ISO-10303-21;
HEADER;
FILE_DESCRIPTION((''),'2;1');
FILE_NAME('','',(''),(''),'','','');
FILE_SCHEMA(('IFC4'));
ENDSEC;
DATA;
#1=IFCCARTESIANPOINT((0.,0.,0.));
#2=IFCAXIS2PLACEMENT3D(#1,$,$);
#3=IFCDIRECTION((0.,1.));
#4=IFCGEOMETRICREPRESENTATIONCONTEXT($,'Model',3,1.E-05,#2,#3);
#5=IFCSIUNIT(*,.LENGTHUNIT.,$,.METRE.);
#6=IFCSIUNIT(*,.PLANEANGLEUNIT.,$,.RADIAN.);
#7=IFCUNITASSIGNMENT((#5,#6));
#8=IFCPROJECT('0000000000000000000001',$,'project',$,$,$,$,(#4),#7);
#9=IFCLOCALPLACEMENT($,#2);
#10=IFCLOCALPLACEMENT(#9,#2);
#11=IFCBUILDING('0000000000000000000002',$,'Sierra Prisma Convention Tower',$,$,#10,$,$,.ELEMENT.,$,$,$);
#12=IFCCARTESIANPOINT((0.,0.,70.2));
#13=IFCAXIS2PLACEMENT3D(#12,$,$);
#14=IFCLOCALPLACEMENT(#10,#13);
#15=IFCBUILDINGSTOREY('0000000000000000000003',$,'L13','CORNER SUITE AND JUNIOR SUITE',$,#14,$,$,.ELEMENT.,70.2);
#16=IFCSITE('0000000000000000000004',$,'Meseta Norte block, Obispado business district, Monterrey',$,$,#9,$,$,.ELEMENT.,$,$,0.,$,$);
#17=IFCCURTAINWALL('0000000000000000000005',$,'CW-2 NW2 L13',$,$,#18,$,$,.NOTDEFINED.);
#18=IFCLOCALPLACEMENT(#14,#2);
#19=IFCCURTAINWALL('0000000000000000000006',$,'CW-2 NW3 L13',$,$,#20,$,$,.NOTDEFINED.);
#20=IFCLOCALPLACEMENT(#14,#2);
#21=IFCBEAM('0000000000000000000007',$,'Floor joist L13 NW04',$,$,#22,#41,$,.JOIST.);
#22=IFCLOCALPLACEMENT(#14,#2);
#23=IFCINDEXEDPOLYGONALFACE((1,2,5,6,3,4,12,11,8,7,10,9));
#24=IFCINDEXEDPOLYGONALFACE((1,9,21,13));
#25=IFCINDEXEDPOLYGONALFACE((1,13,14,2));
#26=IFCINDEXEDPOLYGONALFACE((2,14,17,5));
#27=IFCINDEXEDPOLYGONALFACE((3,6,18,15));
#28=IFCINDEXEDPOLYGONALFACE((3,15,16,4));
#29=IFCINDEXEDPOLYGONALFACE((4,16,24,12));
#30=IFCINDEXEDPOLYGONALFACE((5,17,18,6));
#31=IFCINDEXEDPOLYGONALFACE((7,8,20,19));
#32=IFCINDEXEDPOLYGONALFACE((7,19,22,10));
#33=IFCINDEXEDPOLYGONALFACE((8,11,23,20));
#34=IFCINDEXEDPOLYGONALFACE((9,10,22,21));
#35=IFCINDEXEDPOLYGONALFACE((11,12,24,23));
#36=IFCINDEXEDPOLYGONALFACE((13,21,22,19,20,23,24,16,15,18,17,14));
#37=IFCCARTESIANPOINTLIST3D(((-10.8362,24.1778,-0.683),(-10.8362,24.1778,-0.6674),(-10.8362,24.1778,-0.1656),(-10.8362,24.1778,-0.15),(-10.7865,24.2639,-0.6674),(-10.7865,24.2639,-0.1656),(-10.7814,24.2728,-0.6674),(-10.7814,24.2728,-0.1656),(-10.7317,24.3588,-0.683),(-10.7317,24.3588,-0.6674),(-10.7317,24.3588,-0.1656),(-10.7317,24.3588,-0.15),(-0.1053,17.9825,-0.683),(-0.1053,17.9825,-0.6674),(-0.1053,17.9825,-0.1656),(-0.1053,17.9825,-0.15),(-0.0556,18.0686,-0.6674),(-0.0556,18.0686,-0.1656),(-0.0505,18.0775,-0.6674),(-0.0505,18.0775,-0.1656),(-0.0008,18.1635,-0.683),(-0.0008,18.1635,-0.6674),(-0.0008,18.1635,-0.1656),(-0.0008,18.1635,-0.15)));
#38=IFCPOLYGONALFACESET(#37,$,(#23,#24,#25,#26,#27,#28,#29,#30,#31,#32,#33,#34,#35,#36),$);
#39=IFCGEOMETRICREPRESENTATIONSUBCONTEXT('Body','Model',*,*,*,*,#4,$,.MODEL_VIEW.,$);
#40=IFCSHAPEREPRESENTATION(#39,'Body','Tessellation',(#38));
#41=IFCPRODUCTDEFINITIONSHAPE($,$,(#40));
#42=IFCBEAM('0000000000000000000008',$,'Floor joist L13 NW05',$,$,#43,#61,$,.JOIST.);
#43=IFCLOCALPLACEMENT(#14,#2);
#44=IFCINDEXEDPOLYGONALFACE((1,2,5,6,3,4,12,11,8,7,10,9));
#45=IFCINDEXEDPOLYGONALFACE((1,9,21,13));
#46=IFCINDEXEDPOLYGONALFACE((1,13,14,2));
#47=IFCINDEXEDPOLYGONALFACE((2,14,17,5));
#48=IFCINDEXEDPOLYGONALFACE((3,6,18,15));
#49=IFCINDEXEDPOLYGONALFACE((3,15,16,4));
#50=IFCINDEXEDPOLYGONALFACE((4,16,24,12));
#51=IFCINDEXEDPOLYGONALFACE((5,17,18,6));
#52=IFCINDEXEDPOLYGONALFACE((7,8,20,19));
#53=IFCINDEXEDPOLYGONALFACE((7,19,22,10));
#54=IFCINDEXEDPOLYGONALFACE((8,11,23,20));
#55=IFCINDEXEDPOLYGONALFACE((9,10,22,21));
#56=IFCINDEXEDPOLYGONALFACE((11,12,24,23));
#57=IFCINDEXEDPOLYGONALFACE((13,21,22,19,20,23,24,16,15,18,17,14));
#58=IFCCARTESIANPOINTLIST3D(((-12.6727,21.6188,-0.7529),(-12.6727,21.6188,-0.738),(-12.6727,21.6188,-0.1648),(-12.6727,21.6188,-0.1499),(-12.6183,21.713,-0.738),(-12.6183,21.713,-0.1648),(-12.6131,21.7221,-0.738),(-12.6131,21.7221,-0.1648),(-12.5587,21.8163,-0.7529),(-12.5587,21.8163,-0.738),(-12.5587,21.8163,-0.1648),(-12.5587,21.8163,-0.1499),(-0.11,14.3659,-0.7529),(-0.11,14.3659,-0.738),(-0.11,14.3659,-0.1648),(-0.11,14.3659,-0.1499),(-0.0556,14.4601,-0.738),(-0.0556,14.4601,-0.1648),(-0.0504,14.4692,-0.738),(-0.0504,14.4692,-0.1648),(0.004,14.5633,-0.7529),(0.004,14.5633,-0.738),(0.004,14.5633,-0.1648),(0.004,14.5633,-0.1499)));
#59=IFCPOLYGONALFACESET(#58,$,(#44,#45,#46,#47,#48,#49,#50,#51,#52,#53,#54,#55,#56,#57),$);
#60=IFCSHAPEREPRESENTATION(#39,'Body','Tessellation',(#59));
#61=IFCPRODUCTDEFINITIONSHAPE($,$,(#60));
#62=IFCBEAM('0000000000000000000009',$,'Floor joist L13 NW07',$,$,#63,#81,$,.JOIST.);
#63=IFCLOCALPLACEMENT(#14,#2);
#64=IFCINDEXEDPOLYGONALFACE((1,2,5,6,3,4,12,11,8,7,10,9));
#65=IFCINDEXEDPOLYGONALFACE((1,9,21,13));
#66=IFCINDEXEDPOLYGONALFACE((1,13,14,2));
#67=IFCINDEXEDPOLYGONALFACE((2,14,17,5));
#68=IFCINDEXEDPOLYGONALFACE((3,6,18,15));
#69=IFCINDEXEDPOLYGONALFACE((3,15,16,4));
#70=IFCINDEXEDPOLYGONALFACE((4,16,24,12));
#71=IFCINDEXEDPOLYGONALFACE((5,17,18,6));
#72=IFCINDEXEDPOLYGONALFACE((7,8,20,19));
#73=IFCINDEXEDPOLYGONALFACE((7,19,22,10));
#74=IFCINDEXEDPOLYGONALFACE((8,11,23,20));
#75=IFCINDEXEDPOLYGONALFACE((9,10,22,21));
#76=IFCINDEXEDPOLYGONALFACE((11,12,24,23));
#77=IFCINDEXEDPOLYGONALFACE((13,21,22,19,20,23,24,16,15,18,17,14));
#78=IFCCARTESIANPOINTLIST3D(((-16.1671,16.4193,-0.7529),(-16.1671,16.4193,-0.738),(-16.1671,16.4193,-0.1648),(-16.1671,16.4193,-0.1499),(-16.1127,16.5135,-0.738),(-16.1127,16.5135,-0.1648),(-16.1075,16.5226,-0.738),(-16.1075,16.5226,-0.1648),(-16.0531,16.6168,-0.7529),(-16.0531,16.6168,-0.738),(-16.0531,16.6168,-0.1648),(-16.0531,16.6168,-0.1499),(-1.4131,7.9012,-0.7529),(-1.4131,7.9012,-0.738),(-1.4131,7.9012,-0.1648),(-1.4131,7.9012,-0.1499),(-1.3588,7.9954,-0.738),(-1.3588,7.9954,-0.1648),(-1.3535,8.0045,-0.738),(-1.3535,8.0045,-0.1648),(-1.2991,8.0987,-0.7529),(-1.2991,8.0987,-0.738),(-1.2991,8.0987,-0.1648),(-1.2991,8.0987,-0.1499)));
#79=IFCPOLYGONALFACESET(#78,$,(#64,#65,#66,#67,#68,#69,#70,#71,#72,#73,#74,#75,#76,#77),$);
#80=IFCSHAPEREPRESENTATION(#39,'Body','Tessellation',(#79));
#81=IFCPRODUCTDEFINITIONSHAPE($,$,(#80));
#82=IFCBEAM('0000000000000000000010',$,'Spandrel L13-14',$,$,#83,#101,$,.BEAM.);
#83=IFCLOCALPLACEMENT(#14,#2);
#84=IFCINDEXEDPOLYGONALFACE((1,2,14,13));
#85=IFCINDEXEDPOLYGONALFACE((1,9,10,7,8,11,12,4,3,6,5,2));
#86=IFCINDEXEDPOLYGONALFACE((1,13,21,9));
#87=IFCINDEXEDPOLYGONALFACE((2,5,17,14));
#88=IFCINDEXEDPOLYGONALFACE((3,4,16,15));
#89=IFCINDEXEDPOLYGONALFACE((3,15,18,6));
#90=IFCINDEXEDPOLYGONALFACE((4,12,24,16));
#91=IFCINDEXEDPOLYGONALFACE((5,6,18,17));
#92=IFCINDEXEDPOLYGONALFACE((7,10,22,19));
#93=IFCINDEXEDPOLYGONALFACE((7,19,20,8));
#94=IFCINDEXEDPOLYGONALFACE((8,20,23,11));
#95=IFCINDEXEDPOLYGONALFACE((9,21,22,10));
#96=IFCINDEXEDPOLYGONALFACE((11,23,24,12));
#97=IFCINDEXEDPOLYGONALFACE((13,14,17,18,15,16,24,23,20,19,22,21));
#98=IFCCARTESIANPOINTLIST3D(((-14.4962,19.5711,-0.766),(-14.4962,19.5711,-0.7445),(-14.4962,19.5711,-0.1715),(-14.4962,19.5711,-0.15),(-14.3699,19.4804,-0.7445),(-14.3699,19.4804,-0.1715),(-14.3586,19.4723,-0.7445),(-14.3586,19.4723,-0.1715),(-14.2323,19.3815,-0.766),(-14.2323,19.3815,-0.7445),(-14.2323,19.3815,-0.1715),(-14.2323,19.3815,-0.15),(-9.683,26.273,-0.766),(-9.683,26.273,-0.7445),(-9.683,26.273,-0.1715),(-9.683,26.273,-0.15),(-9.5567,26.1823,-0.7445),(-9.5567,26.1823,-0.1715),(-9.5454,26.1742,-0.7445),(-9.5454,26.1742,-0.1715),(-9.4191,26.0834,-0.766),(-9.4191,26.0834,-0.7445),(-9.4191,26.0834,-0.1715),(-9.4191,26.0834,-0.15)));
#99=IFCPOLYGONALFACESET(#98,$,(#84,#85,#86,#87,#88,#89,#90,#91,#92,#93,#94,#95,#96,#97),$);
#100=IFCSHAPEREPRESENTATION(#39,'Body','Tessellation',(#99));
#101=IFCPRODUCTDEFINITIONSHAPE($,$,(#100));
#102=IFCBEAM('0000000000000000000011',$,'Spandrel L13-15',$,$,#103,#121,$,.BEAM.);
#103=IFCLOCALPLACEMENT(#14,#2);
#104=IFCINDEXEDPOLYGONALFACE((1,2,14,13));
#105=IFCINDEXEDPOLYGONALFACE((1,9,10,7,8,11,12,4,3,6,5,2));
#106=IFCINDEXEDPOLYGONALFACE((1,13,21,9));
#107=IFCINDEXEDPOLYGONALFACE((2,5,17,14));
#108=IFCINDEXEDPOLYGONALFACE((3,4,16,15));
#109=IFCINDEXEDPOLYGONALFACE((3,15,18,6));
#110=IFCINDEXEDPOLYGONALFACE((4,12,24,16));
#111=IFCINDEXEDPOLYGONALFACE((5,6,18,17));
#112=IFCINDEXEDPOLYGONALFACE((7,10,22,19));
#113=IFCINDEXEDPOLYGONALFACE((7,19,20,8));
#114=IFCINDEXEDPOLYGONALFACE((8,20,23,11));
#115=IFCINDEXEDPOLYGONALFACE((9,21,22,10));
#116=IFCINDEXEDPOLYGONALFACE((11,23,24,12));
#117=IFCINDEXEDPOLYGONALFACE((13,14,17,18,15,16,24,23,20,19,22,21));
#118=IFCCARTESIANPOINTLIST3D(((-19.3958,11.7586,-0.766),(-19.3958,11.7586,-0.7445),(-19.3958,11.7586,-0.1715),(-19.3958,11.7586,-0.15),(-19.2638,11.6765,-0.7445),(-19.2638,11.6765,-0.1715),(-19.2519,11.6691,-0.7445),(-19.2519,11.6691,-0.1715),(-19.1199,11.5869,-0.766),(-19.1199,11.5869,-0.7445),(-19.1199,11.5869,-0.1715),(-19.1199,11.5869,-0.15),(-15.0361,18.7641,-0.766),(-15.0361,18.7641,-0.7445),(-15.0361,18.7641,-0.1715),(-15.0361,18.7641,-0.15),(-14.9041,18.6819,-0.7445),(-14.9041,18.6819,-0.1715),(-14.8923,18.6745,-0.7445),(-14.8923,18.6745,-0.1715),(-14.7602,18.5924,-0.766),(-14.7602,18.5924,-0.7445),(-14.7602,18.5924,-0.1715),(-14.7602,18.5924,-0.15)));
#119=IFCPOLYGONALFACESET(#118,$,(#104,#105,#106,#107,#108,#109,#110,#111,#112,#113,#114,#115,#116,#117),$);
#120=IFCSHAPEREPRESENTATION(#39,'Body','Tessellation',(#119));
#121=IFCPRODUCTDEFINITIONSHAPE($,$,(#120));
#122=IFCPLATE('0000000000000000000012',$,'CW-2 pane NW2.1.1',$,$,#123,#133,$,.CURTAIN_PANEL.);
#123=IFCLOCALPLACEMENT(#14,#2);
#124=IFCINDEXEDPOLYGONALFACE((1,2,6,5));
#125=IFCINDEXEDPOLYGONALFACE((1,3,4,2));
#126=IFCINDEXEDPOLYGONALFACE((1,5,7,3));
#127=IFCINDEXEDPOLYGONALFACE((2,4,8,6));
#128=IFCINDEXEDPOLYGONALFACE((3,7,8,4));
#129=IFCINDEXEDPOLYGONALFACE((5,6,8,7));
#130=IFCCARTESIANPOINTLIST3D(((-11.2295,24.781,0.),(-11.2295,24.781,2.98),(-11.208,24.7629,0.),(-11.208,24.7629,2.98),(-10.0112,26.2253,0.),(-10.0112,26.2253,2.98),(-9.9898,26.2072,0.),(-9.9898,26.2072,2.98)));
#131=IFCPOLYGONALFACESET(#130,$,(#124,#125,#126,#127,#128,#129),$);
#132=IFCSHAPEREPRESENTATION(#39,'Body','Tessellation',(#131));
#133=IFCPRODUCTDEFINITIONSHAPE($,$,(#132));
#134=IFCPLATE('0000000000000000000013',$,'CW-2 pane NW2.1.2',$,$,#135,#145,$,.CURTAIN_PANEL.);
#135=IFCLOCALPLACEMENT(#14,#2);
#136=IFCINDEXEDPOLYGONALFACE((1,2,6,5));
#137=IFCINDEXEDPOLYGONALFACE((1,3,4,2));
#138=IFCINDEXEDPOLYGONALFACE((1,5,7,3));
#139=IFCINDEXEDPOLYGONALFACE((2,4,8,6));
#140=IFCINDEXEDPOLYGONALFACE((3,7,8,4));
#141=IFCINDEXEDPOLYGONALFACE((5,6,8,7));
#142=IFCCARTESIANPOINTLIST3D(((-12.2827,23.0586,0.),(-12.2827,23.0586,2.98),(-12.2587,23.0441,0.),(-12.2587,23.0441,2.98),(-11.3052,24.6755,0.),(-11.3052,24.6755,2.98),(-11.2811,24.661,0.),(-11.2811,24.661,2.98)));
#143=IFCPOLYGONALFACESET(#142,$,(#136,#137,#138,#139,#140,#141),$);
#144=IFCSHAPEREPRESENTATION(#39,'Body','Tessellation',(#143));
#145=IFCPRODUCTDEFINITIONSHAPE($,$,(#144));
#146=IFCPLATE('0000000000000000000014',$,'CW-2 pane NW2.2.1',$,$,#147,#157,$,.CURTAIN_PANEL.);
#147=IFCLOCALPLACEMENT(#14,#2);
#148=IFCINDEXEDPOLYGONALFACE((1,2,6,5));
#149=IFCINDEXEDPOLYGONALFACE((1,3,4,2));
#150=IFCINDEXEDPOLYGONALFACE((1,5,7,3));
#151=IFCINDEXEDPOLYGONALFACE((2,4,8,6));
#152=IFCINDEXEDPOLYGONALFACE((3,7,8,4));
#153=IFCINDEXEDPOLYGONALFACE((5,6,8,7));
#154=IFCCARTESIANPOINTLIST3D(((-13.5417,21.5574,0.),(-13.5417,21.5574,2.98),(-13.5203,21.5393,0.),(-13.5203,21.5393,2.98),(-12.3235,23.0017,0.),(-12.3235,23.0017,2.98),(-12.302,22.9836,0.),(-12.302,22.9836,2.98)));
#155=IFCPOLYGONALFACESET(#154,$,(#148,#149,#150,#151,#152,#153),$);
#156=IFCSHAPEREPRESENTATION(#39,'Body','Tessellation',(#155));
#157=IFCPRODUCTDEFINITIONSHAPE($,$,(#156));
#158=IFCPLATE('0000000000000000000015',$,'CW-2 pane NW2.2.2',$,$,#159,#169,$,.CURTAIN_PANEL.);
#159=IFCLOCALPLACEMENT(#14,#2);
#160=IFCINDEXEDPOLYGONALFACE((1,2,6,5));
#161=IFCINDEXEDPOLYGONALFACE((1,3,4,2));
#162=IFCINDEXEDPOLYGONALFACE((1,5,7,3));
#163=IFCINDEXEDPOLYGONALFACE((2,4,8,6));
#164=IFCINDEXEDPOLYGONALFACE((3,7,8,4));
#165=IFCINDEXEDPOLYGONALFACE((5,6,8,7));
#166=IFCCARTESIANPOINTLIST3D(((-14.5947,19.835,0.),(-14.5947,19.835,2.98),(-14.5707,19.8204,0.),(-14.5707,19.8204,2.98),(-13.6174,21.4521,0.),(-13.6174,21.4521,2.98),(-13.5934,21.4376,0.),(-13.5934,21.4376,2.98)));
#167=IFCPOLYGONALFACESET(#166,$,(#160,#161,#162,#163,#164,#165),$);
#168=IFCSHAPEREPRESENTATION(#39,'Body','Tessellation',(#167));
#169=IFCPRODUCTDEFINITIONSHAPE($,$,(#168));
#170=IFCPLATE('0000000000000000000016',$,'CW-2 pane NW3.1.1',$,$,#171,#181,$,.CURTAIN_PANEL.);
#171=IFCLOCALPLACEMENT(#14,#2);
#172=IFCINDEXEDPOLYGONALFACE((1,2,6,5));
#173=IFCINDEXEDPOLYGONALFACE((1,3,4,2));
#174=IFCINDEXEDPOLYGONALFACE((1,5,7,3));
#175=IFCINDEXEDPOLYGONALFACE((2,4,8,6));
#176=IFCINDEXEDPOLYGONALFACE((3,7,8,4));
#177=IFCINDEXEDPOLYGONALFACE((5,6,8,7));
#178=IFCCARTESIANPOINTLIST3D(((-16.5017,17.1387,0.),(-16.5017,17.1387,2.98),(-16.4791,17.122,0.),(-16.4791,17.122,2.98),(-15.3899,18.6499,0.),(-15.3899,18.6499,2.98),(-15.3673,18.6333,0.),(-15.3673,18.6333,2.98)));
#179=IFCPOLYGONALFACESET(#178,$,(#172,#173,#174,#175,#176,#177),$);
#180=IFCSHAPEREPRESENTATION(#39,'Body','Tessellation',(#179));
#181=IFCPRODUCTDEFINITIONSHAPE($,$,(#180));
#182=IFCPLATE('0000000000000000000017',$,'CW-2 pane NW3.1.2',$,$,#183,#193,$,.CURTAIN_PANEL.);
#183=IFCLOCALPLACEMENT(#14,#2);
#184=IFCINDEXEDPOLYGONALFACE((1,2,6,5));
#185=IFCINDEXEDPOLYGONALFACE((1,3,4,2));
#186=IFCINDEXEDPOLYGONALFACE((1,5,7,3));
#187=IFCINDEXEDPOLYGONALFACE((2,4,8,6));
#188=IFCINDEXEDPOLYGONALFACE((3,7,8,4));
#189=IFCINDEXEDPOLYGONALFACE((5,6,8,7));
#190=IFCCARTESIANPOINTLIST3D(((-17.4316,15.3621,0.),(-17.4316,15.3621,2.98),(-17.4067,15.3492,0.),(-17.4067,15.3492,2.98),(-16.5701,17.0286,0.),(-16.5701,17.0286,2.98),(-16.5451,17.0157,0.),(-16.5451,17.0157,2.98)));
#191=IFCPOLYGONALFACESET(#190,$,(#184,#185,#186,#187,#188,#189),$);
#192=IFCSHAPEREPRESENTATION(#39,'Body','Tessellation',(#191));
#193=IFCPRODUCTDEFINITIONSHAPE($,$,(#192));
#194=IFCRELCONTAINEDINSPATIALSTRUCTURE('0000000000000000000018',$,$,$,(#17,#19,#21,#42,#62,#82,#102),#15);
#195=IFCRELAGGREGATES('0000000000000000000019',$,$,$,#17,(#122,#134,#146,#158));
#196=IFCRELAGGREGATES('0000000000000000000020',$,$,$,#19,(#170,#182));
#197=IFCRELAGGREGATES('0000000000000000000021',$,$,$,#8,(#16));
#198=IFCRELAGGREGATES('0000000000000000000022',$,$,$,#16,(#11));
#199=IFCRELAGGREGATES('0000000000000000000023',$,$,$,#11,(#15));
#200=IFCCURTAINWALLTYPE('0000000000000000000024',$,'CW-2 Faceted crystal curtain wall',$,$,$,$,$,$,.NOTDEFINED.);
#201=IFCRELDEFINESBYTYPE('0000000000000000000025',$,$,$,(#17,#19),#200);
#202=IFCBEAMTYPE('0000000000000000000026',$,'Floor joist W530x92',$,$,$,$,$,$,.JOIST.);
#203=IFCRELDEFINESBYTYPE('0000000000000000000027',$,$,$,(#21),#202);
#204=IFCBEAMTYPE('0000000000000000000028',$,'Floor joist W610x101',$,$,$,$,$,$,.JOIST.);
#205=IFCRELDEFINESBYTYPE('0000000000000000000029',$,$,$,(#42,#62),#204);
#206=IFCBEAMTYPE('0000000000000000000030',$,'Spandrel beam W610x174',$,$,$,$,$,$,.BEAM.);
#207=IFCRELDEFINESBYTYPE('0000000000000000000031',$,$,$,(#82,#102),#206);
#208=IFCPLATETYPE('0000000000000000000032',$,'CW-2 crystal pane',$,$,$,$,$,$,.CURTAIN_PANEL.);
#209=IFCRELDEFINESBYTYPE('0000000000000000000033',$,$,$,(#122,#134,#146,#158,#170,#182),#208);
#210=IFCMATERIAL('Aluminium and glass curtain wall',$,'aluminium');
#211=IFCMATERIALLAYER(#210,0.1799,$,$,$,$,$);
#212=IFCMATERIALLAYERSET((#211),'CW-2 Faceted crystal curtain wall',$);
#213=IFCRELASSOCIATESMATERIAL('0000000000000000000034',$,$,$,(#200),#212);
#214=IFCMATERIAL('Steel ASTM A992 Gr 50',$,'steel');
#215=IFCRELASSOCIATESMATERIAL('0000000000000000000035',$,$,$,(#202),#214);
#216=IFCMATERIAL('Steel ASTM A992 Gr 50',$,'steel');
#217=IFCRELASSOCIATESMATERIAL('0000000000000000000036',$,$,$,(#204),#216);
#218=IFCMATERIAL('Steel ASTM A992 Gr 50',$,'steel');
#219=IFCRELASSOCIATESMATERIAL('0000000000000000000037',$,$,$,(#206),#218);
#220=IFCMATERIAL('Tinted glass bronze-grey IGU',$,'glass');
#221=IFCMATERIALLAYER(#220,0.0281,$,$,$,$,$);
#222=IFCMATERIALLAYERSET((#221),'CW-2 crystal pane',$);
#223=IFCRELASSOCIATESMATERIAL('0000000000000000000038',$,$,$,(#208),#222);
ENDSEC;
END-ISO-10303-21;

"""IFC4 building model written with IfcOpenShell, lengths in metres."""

from ifc_helpers import new_model, si_unit, direction, frame, origin, origin_2d, place, context, subcontext, project, spatial, polyline, i_section, outline, extrude, material, layer, layer_set, material_profile, profile_set, type_object, element, aggregate, save


model = new_model("IFC4")

# Units and contexts
model_context = context("Model", 3, precision=1e-05, world=origin(), true_north=direction((0.0, 1.0)))
body_context = subcontext(model_context, "Body", "Model", "MODEL_VIEW")
ifc_project = project(units=[si_unit("LENGTHUNIT", "METRE"), si_unit("PLANEANGLEUNIT", "RADIAN")], contexts=[model_context])

# Site, building, storey
site_placement = place(None, origin())
site = spatial("IfcSite", under=ifc_project, at=site_placement, Name="Meseta Norte block, Obispado business district, Monterrey", CompositionType="ELEMENT", RefElevation=0.0)
building_placement = place(site_placement, origin())
building = spatial("IfcBuilding", under=site, at=building_placement, Name="Sierra Prisma Convention Tower", CompositionType="ELEMENT")
storey_placement = place(building_placement, frame((0.0, 0.0, 70.2)))
storey = spatial("IfcBuildingStorey", under=building, at=storey_placement, Name="L13", Description="CORNER SUITE AND JUNIOR SUITE", CompositionType="ELEMENT", Elevation=70.2)

# Curtain walls
ifc_material_1 = material(Name="Aluminium and glass curtain wall", Category="aluminium")
ifc_layer_1 = layer(ifc_material_1, 0.1799)
ifc_layer_set_1 = layer_set([ifc_layer_1], Name="CW-2 Faceted crystal curtain wall")
curtain_wall_type = type_object("IfcCurtainWallType", Name="CW-2 Faceted crystal curtain wall", PredefinedType="NOTDEFINED", material=ifc_layer_set_1)
curtain_wall_1_placement = place(storey_placement, origin())
curtain_wall_1 = element("IfcCurtainWall", 1, at=curtain_wall_1_placement, inside=storey, type_object=curtain_wall_type, Name="CW-2 NW2 L13", PredefinedType="NOTDEFINED")
curtain_wall_2_placement = place(storey_placement, origin())
curtain_wall_2 = element("IfcCurtainWall", 2, at=curtain_wall_2_placement, inside=storey, type_object=curtain_wall_type, Name="CW-2 NW3 L13", PredefinedType="NOTDEFINED")

# Beams
ifc_material_2 = material(Name="Steel ASTM A992 Gr 50", Category="steel")
ifc_material_profile_1 = material_profile(ifc_material_2, i_section(OverallWidth=0.209, OverallDepth=0.533, WebThickness=0.0103, FlangeThickness=0.0156, at=origin_2d()), Name="W530x92")
ifc_profile_set_1 = profile_set([ifc_material_profile_1], Name="Steel ASTM A992 Gr 50")
beam_type_1 = type_object("IfcBeamType", Name="Floor joist W530x92", PredefinedType="JOIST", material=ifc_profile_set_1)
beam_1_placement = place(storey_placement, frame((-10.7839, 24.2683, -0.4165), z_axis=(0.866033, -0.499987, 0.0), x_axis=(0.499987, 0.866033, 0.0)))
element("IfcBeam", 3, at=beam_1_placement, inside=storey, type_object=beam_type_1, Name="Floor joist L13 NW04", PredefinedType="JOIST", context=body_context, shape_type="SweptSolid", body=[
    extrude(i_section(OverallWidth=0.209, OverallDepth=0.533, WebThickness=0.0103, FlangeThickness=0.0156, at=origin_2d()), origin(), (0.0, 0.0, 1.0), 12.3909),
])
ifc_material_3 = material(Name="Steel ASTM A992 Gr 50", Category="steel")
ifc_material_profile_2 = material_profile(ifc_material_3, i_section(OverallWidth=0.228, OverallDepth=0.603, WebThickness=0.0105, FlangeThickness=0.0149, at=origin_2d()), Name="W610x101")
ifc_profile_set_2 = profile_set([ifc_material_profile_2], Name="Steel ASTM A992 Gr 50")
beam_type_2 = type_object("IfcBeamType", Name="Floor joist W610x101", PredefinedType="JOIST", material=ifc_profile_set_2)
beam_2_placement = place(storey_placement, frame((-12.6157, 21.7175, -0.4514), z_axis=(0.866031, -0.499991, 0.0), x_axis=(0.499991, 0.866031, 0.0)))
element("IfcBeam", 4, at=beam_2_placement, inside=storey, type_object=beam_type_2, Name="Floor joist L13 NW05", PredefinedType="JOIST", context=body_context, shape_type="SweptSolid", body=[
    extrude(i_section(OverallWidth=0.228, OverallDepth=0.603, WebThickness=0.0105, FlangeThickness=0.0149, at=origin_2d()), origin(), (0.0, 0.0, 1.0), 14.5061),
])
beam_3_placement = place(storey_placement, frame((-16.1101, 16.5181, -0.4514), z_axis=(0.866028, -0.499995, 0.0), x_axis=(0.499995, 0.866028, 0.0)))
element("IfcBeam", 5, at=beam_3_placement, inside=storey, type_object=beam_type_2, Name="Floor joist L13 NW07", PredefinedType="JOIST", context=body_context, shape_type="SweptSolid", body=[
    extrude(i_section(OverallWidth=0.228, OverallDepth=0.603, WebThickness=0.0105, FlangeThickness=0.0149, at=origin_2d()), origin(), (0.0, 0.0, 1.0), 17.0364),
])
ifc_material_4 = material(Name="Steel ASTM A992 Gr 50", Category="steel")
ifc_material_profile_3 = material_profile(ifc_material_4, i_section(OverallWidth=0.325, OverallDepth=0.616, WebThickness=0.0139, FlangeThickness=0.0215, at=origin_2d()), Name="W610x174")
ifc_profile_set_3 = profile_set([ifc_material_profile_3], Name="Steel ASTM A992 Gr 50")
beam_type_3 = type_object("IfcBeamType", Name="Spandrel beam W610x174", PredefinedType="BEAM", material=ifc_profile_set_3)
for number, where, z_axis, x_axis, name in (
    (6, (-9.551, 26.1782, -0.458), (-0.583335, -0.812231, 0.0), (0.812231, -0.583335, 0.0), "Spandrel L13-14"),
    (7, (-14.8982, 18.6782, -0.458), (-0.528365, -0.849017, 0.0), (0.849017, -0.528365, 0.0), "Spandrel L13-15"),
):
    element("IfcBeam", number, at=place(storey_placement, frame(where, z_axis=z_axis, x_axis=x_axis)), inside=storey, type_object=beam_type_3, Name=name, PredefinedType="BEAM", context=body_context, shape_type="SweptSolid", body=[
        extrude(i_section(OverallWidth=0.325, OverallDepth=0.616, WebThickness=0.0139, FlangeThickness=0.0215, at=origin_2d()), origin(), (0.0, 0.0, 1.0), 8.2512),
    ])

# Plates
ifc_material_5 = material(Name="Tinted glass bronze-grey IGU", Category="glass")
ifc_layer_2 = layer(ifc_material_5, 0.0281)
ifc_layer_set_2 = layer_set([ifc_layer_2], Name="CW-2 crystal pane")
plate_type = type_object("IfcPlateType", Name="CW-2 crystal pane", PredefinedType="CURTAIN_PANEL", material=ifc_layer_set_2)
plate_1_placement = place(storey_placement, frame((-10.0112, 26.2253, 0.0), z_axis=(-0.764395, 0.644748, 0.0), x_axis=(-0.644748, -0.764395, 0.0)))
plate_1 = element("IfcPlate", 8, at=plate_1_placement, type_object=plate_type, Name="CW-2 pane NW2.1.1", PredefinedType="CURTAIN_PANEL", context=body_context, shape_type="SweptSolid", body=[
    extrude(outline(polyline([(0.0, 0.0), (1.8895, 0.0), (1.8895, 2.98), (0.0, 2.98), (0.0, 0.0)])), origin(), (0.0, 0.0, -1.0), 0.0281),
])
plate_2_placement = place(storey_placement, frame((-12.2827, 23.0586, 0.0), z_axis=(-0.855767, 0.517362, 0.0), x_axis=(0.517362, 0.855767, 0.0)))
plate_2 = element("IfcPlate", 9, at=plate_2_placement, type_object=plate_type, Name="CW-2 pane NW2.1.2", PredefinedType="CURTAIN_PANEL", context=body_context, shape_type="SweptSolid", body=[
    extrude(outline(polyline([(0.0, 0.0), (1.8895, 0.0), (1.8895, -2.98), (0.0, -2.98), (0.0, 0.0)])), origin(), (0.0, 0.0, -1.0), 0.0281),
])
plate_3_placement = place(storey_placement, frame((-12.3235, 23.0017, 0.0), z_axis=(-0.764395, 0.644748, 0.0), x_axis=(-0.644748, -0.764395, 0.0)))
plate_3 = element("IfcPlate", 10, at=plate_3_placement, type_object=plate_type, Name="CW-2 pane NW2.2.1", PredefinedType="CURTAIN_PANEL", context=body_context, shape_type="SweptSolid", body=[
    extrude(outline(polyline([(0.0, 0.0), (1.8895, 0.0), (1.8895, 2.98), (0.0, 2.98), (0.0, 0.0)])), origin(), (0.0, 0.0, -1.0), 0.0281),
])
plate_4_placement = place(storey_placement, frame((-14.5947, 19.835, 0.0), z_axis=(-0.855858, 0.51721, 0.0), x_axis=(0.51721, 0.855858, 0.0)))
plate_4 = element("IfcPlate", 11, at=plate_4_placement, type_object=plate_type, Name="CW-2 pane NW2.2.2", PredefinedType="CURTAIN_PANEL", context=body_context, shape_type="SweptSolid", body=[
    extrude(outline(polyline([(0.0, 0.0), (1.8896, 0.0), (1.8896, -2.98), (0.0, -2.98), (0.0, 0.0)])), origin(), (0.0, 0.0, -1.0), 0.0281),
])
aggregate(curtain_wall_1, [plate_1, plate_2, plate_3, plate_4])
plate_5_placement = place(storey_placement, frame((-15.3899, 18.6499, 0.0), z_axis=(-0.805494, 0.592604, 0.0), x_axis=(-0.592604, -0.805494, 0.0)))
plate_5 = element("IfcPlate", 12, at=plate_5_placement, type_object=plate_type, Name="CW-2 pane NW3.1.1", PredefinedType="CURTAIN_PANEL", context=body_context, shape_type="SweptSolid", body=[
    extrude(outline(polyline([(0.0, 0.0), (1.8762, 0.0), (1.8762, 2.98), (0.0, 2.98), (0.0, 0.0)])), origin(), (0.0, 0.0, -1.0), 0.0281),
])
plate_6_placement = place(storey_placement, frame((-17.4316, 15.3621, 0.0), z_axis=(-0.888307, 0.459249, 0.0), x_axis=(0.459249, 0.888307, 0.0)))
plate_6 = element("IfcPlate", 13, at=plate_6_placement, type_object=plate_type, Name="CW-2 pane NW3.1.2", PredefinedType="CURTAIN_PANEL", context=body_context, shape_type="SweptSolid", body=[
    extrude(outline(polyline([(0.0, 0.0), (1.876, 0.0), (1.876, -2.98), (0.0, -2.98), (0.0, 0.0)])), origin(), (0.0, 0.0, -1.0), 0.0281),
])
aggregate(curtain_wall_2, [plate_5, plate_6])

save(model, "model.ifc")
